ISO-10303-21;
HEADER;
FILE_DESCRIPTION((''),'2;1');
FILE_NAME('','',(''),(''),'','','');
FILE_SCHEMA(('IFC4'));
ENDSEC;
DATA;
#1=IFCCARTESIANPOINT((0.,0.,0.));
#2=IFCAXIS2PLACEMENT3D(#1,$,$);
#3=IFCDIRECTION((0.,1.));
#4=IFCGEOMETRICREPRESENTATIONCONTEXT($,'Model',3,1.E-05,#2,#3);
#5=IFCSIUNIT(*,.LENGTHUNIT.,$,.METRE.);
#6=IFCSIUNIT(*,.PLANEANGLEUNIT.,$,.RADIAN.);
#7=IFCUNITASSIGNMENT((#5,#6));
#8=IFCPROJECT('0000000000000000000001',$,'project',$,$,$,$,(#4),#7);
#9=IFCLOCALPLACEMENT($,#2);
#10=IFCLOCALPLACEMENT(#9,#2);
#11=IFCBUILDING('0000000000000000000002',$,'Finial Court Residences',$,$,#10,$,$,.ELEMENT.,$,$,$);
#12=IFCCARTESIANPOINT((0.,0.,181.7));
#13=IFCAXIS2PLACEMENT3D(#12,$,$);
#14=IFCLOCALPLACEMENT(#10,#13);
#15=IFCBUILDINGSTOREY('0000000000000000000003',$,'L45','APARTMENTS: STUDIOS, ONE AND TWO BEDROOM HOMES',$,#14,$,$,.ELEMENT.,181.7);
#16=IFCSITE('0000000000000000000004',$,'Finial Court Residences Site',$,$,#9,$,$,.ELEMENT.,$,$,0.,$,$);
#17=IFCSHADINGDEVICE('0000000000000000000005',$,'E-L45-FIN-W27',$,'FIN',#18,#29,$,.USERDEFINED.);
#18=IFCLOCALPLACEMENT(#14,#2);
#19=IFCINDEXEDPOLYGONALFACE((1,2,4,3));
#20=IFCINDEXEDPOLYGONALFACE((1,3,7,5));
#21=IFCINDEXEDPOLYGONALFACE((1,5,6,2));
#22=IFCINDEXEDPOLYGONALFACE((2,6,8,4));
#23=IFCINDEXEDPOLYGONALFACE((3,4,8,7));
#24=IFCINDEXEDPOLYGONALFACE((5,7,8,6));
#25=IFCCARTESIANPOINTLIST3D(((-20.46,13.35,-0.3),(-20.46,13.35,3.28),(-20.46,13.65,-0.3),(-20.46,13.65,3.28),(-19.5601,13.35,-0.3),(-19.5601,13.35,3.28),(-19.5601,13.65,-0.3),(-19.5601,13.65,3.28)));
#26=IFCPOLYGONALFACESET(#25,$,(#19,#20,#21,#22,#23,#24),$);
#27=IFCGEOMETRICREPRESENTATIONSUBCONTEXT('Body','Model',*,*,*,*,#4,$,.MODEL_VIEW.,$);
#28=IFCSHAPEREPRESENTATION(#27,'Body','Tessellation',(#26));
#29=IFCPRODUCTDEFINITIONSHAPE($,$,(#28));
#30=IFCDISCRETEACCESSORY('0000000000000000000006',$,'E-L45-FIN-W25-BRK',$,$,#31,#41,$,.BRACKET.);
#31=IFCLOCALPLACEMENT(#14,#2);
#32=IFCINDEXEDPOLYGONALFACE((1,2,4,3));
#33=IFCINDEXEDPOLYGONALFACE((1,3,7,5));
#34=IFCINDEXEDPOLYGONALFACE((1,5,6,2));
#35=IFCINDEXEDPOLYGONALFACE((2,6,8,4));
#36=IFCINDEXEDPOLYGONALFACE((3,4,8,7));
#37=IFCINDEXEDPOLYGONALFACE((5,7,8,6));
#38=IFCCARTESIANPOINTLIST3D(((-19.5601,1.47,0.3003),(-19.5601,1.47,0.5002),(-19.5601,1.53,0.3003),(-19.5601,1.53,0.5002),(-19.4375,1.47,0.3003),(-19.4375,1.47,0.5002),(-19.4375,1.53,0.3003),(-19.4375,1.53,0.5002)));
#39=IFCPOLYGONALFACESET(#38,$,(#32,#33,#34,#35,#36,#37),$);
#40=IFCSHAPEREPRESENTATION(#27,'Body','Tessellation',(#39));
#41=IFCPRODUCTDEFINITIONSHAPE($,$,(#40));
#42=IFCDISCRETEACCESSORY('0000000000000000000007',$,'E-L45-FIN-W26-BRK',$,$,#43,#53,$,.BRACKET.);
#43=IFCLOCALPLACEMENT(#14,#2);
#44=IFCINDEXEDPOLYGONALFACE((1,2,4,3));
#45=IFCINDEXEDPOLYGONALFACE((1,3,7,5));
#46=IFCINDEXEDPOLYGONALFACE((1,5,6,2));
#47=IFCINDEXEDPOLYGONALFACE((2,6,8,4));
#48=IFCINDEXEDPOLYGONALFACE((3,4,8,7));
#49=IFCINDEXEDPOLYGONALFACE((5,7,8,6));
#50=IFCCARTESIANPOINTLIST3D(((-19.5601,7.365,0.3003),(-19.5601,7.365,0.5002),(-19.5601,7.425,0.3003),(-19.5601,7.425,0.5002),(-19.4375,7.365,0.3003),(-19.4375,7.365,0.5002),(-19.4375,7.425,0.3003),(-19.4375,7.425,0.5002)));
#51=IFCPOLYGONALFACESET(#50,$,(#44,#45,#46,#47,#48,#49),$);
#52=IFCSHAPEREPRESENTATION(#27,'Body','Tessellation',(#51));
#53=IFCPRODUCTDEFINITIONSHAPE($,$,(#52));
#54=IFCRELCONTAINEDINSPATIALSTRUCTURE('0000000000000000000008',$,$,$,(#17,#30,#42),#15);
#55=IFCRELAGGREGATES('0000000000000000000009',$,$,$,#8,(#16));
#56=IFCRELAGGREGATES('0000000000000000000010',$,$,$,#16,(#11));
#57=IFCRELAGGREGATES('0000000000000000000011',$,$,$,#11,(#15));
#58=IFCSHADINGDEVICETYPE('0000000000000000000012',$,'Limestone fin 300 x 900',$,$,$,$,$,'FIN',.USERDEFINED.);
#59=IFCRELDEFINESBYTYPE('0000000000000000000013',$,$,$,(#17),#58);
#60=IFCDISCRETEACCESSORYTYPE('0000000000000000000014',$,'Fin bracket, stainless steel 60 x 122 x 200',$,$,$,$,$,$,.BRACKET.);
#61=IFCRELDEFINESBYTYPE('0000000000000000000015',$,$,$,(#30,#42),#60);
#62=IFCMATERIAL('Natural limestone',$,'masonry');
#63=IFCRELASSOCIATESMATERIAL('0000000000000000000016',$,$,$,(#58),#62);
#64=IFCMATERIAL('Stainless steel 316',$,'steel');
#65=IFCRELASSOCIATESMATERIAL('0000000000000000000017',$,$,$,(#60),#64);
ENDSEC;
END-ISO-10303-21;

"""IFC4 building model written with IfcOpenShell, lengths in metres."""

from ifc_helpers import new_model, si_unit, direction, frame, origin, origin_2d, place, context, subcontext, project, spatial, rectangle, extrude, material, type_object, element, save


model = new_model("IFC4")

# Units and contexts
model_context = context("Model", 3, precision=1e-05, world=origin(), true_north=direction((0.0, 1.0)))
body_context = subcontext(model_context, "Body", "Model", "MODEL_VIEW")
ifc_project = project(units=[si_unit("LENGTHUNIT", "METRE"), si_unit("PLANEANGLEUNIT", "RADIAN")], contexts=[model_context])

# Site, building, storey
site_placement = place(None, origin())
site = spatial("IfcSite", under=ifc_project, at=site_placement, Name="Finial Court Residences Site", CompositionType="ELEMENT", RefElevation=0.0)
building_placement = place(site_placement, origin())
building = spatial("IfcBuilding", under=site, at=building_placement, Name="Finial Court Residences", CompositionType="ELEMENT")
storey_placement = place(building_placement, frame((0.0, 0.0, 181.7)))
storey = spatial("IfcBuildingStorey", under=building, at=storey_placement, Name="L45", Description="APARTMENTS: STUDIOS, ONE AND TWO BEDROOM HOMES", CompositionType="ELEMENT", Elevation=181.7)

# Shared definitions
ifc_material_1 = material(Name="Natural limestone", Category="masonry")

# Shading device
shading_device_type = type_object("IfcShadingDeviceType", Name="Limestone fin 300 x 900", ElementType="FIN", PredefinedType="USERDEFINED", material=ifc_material_1)
shading_device_placement = place(storey_placement, frame((-20.01, 13.5, -0.3), z_axis=(0.0, 0.0, 1.0), x_axis=(1.0, 0.0, 0.0)))
element("IfcShadingDevice", 1, at=shading_device_placement, inside=storey, type_object=shading_device_type, Name="E-L45-FIN-W27", ObjectType="FIN", PredefinedType="USERDEFINED", context=body_context, shape_type="SweptSolid", body=[
    extrude(rectangle(XDim=0.8999, YDim=0.3, at=origin_2d()), origin(), (0.0, 0.0, 1.0), 3.5801),
])

# Discrete accessories
ifc_material_2 = material(Name="Stainless steel 316", Category="steel")
discrete_accessory_type = type_object("IfcDiscreteAccessoryType", Name="Fin bracket, stainless steel 60 x 122 x 200", PredefinedType="BRACKET", material=ifc_material_2)
for number, where, z_axis, x_axis, name in (
    (2, (-19.4988, 1.5, 0.3003), (0.0, 0.0, 1.0), (1.0, 0.0, 0.0), "E-L45-FIN-W25-BRK"),
    (3, (-19.4988, 7.395, 0.3003), (0.0, 0.0, 1.0), (1.0, 0.0, 0.0), "E-L45-FIN-W26-BRK"),
):
    element("IfcDiscreteAccessory", number, at=place(storey_placement, frame(where, z_axis=z_axis, x_axis=x_axis)), inside=storey, type_object=discrete_accessory_type, Name=name, PredefinedType="BRACKET", context=body_context, shape_type="SweptSolid", body=[
        extrude(rectangle(XDim=0.1226, YDim=0.0601, at=origin_2d()), origin(), (0.0, 0.0, 1.0), 0.2),
    ])

save(model, "model.ifc")
